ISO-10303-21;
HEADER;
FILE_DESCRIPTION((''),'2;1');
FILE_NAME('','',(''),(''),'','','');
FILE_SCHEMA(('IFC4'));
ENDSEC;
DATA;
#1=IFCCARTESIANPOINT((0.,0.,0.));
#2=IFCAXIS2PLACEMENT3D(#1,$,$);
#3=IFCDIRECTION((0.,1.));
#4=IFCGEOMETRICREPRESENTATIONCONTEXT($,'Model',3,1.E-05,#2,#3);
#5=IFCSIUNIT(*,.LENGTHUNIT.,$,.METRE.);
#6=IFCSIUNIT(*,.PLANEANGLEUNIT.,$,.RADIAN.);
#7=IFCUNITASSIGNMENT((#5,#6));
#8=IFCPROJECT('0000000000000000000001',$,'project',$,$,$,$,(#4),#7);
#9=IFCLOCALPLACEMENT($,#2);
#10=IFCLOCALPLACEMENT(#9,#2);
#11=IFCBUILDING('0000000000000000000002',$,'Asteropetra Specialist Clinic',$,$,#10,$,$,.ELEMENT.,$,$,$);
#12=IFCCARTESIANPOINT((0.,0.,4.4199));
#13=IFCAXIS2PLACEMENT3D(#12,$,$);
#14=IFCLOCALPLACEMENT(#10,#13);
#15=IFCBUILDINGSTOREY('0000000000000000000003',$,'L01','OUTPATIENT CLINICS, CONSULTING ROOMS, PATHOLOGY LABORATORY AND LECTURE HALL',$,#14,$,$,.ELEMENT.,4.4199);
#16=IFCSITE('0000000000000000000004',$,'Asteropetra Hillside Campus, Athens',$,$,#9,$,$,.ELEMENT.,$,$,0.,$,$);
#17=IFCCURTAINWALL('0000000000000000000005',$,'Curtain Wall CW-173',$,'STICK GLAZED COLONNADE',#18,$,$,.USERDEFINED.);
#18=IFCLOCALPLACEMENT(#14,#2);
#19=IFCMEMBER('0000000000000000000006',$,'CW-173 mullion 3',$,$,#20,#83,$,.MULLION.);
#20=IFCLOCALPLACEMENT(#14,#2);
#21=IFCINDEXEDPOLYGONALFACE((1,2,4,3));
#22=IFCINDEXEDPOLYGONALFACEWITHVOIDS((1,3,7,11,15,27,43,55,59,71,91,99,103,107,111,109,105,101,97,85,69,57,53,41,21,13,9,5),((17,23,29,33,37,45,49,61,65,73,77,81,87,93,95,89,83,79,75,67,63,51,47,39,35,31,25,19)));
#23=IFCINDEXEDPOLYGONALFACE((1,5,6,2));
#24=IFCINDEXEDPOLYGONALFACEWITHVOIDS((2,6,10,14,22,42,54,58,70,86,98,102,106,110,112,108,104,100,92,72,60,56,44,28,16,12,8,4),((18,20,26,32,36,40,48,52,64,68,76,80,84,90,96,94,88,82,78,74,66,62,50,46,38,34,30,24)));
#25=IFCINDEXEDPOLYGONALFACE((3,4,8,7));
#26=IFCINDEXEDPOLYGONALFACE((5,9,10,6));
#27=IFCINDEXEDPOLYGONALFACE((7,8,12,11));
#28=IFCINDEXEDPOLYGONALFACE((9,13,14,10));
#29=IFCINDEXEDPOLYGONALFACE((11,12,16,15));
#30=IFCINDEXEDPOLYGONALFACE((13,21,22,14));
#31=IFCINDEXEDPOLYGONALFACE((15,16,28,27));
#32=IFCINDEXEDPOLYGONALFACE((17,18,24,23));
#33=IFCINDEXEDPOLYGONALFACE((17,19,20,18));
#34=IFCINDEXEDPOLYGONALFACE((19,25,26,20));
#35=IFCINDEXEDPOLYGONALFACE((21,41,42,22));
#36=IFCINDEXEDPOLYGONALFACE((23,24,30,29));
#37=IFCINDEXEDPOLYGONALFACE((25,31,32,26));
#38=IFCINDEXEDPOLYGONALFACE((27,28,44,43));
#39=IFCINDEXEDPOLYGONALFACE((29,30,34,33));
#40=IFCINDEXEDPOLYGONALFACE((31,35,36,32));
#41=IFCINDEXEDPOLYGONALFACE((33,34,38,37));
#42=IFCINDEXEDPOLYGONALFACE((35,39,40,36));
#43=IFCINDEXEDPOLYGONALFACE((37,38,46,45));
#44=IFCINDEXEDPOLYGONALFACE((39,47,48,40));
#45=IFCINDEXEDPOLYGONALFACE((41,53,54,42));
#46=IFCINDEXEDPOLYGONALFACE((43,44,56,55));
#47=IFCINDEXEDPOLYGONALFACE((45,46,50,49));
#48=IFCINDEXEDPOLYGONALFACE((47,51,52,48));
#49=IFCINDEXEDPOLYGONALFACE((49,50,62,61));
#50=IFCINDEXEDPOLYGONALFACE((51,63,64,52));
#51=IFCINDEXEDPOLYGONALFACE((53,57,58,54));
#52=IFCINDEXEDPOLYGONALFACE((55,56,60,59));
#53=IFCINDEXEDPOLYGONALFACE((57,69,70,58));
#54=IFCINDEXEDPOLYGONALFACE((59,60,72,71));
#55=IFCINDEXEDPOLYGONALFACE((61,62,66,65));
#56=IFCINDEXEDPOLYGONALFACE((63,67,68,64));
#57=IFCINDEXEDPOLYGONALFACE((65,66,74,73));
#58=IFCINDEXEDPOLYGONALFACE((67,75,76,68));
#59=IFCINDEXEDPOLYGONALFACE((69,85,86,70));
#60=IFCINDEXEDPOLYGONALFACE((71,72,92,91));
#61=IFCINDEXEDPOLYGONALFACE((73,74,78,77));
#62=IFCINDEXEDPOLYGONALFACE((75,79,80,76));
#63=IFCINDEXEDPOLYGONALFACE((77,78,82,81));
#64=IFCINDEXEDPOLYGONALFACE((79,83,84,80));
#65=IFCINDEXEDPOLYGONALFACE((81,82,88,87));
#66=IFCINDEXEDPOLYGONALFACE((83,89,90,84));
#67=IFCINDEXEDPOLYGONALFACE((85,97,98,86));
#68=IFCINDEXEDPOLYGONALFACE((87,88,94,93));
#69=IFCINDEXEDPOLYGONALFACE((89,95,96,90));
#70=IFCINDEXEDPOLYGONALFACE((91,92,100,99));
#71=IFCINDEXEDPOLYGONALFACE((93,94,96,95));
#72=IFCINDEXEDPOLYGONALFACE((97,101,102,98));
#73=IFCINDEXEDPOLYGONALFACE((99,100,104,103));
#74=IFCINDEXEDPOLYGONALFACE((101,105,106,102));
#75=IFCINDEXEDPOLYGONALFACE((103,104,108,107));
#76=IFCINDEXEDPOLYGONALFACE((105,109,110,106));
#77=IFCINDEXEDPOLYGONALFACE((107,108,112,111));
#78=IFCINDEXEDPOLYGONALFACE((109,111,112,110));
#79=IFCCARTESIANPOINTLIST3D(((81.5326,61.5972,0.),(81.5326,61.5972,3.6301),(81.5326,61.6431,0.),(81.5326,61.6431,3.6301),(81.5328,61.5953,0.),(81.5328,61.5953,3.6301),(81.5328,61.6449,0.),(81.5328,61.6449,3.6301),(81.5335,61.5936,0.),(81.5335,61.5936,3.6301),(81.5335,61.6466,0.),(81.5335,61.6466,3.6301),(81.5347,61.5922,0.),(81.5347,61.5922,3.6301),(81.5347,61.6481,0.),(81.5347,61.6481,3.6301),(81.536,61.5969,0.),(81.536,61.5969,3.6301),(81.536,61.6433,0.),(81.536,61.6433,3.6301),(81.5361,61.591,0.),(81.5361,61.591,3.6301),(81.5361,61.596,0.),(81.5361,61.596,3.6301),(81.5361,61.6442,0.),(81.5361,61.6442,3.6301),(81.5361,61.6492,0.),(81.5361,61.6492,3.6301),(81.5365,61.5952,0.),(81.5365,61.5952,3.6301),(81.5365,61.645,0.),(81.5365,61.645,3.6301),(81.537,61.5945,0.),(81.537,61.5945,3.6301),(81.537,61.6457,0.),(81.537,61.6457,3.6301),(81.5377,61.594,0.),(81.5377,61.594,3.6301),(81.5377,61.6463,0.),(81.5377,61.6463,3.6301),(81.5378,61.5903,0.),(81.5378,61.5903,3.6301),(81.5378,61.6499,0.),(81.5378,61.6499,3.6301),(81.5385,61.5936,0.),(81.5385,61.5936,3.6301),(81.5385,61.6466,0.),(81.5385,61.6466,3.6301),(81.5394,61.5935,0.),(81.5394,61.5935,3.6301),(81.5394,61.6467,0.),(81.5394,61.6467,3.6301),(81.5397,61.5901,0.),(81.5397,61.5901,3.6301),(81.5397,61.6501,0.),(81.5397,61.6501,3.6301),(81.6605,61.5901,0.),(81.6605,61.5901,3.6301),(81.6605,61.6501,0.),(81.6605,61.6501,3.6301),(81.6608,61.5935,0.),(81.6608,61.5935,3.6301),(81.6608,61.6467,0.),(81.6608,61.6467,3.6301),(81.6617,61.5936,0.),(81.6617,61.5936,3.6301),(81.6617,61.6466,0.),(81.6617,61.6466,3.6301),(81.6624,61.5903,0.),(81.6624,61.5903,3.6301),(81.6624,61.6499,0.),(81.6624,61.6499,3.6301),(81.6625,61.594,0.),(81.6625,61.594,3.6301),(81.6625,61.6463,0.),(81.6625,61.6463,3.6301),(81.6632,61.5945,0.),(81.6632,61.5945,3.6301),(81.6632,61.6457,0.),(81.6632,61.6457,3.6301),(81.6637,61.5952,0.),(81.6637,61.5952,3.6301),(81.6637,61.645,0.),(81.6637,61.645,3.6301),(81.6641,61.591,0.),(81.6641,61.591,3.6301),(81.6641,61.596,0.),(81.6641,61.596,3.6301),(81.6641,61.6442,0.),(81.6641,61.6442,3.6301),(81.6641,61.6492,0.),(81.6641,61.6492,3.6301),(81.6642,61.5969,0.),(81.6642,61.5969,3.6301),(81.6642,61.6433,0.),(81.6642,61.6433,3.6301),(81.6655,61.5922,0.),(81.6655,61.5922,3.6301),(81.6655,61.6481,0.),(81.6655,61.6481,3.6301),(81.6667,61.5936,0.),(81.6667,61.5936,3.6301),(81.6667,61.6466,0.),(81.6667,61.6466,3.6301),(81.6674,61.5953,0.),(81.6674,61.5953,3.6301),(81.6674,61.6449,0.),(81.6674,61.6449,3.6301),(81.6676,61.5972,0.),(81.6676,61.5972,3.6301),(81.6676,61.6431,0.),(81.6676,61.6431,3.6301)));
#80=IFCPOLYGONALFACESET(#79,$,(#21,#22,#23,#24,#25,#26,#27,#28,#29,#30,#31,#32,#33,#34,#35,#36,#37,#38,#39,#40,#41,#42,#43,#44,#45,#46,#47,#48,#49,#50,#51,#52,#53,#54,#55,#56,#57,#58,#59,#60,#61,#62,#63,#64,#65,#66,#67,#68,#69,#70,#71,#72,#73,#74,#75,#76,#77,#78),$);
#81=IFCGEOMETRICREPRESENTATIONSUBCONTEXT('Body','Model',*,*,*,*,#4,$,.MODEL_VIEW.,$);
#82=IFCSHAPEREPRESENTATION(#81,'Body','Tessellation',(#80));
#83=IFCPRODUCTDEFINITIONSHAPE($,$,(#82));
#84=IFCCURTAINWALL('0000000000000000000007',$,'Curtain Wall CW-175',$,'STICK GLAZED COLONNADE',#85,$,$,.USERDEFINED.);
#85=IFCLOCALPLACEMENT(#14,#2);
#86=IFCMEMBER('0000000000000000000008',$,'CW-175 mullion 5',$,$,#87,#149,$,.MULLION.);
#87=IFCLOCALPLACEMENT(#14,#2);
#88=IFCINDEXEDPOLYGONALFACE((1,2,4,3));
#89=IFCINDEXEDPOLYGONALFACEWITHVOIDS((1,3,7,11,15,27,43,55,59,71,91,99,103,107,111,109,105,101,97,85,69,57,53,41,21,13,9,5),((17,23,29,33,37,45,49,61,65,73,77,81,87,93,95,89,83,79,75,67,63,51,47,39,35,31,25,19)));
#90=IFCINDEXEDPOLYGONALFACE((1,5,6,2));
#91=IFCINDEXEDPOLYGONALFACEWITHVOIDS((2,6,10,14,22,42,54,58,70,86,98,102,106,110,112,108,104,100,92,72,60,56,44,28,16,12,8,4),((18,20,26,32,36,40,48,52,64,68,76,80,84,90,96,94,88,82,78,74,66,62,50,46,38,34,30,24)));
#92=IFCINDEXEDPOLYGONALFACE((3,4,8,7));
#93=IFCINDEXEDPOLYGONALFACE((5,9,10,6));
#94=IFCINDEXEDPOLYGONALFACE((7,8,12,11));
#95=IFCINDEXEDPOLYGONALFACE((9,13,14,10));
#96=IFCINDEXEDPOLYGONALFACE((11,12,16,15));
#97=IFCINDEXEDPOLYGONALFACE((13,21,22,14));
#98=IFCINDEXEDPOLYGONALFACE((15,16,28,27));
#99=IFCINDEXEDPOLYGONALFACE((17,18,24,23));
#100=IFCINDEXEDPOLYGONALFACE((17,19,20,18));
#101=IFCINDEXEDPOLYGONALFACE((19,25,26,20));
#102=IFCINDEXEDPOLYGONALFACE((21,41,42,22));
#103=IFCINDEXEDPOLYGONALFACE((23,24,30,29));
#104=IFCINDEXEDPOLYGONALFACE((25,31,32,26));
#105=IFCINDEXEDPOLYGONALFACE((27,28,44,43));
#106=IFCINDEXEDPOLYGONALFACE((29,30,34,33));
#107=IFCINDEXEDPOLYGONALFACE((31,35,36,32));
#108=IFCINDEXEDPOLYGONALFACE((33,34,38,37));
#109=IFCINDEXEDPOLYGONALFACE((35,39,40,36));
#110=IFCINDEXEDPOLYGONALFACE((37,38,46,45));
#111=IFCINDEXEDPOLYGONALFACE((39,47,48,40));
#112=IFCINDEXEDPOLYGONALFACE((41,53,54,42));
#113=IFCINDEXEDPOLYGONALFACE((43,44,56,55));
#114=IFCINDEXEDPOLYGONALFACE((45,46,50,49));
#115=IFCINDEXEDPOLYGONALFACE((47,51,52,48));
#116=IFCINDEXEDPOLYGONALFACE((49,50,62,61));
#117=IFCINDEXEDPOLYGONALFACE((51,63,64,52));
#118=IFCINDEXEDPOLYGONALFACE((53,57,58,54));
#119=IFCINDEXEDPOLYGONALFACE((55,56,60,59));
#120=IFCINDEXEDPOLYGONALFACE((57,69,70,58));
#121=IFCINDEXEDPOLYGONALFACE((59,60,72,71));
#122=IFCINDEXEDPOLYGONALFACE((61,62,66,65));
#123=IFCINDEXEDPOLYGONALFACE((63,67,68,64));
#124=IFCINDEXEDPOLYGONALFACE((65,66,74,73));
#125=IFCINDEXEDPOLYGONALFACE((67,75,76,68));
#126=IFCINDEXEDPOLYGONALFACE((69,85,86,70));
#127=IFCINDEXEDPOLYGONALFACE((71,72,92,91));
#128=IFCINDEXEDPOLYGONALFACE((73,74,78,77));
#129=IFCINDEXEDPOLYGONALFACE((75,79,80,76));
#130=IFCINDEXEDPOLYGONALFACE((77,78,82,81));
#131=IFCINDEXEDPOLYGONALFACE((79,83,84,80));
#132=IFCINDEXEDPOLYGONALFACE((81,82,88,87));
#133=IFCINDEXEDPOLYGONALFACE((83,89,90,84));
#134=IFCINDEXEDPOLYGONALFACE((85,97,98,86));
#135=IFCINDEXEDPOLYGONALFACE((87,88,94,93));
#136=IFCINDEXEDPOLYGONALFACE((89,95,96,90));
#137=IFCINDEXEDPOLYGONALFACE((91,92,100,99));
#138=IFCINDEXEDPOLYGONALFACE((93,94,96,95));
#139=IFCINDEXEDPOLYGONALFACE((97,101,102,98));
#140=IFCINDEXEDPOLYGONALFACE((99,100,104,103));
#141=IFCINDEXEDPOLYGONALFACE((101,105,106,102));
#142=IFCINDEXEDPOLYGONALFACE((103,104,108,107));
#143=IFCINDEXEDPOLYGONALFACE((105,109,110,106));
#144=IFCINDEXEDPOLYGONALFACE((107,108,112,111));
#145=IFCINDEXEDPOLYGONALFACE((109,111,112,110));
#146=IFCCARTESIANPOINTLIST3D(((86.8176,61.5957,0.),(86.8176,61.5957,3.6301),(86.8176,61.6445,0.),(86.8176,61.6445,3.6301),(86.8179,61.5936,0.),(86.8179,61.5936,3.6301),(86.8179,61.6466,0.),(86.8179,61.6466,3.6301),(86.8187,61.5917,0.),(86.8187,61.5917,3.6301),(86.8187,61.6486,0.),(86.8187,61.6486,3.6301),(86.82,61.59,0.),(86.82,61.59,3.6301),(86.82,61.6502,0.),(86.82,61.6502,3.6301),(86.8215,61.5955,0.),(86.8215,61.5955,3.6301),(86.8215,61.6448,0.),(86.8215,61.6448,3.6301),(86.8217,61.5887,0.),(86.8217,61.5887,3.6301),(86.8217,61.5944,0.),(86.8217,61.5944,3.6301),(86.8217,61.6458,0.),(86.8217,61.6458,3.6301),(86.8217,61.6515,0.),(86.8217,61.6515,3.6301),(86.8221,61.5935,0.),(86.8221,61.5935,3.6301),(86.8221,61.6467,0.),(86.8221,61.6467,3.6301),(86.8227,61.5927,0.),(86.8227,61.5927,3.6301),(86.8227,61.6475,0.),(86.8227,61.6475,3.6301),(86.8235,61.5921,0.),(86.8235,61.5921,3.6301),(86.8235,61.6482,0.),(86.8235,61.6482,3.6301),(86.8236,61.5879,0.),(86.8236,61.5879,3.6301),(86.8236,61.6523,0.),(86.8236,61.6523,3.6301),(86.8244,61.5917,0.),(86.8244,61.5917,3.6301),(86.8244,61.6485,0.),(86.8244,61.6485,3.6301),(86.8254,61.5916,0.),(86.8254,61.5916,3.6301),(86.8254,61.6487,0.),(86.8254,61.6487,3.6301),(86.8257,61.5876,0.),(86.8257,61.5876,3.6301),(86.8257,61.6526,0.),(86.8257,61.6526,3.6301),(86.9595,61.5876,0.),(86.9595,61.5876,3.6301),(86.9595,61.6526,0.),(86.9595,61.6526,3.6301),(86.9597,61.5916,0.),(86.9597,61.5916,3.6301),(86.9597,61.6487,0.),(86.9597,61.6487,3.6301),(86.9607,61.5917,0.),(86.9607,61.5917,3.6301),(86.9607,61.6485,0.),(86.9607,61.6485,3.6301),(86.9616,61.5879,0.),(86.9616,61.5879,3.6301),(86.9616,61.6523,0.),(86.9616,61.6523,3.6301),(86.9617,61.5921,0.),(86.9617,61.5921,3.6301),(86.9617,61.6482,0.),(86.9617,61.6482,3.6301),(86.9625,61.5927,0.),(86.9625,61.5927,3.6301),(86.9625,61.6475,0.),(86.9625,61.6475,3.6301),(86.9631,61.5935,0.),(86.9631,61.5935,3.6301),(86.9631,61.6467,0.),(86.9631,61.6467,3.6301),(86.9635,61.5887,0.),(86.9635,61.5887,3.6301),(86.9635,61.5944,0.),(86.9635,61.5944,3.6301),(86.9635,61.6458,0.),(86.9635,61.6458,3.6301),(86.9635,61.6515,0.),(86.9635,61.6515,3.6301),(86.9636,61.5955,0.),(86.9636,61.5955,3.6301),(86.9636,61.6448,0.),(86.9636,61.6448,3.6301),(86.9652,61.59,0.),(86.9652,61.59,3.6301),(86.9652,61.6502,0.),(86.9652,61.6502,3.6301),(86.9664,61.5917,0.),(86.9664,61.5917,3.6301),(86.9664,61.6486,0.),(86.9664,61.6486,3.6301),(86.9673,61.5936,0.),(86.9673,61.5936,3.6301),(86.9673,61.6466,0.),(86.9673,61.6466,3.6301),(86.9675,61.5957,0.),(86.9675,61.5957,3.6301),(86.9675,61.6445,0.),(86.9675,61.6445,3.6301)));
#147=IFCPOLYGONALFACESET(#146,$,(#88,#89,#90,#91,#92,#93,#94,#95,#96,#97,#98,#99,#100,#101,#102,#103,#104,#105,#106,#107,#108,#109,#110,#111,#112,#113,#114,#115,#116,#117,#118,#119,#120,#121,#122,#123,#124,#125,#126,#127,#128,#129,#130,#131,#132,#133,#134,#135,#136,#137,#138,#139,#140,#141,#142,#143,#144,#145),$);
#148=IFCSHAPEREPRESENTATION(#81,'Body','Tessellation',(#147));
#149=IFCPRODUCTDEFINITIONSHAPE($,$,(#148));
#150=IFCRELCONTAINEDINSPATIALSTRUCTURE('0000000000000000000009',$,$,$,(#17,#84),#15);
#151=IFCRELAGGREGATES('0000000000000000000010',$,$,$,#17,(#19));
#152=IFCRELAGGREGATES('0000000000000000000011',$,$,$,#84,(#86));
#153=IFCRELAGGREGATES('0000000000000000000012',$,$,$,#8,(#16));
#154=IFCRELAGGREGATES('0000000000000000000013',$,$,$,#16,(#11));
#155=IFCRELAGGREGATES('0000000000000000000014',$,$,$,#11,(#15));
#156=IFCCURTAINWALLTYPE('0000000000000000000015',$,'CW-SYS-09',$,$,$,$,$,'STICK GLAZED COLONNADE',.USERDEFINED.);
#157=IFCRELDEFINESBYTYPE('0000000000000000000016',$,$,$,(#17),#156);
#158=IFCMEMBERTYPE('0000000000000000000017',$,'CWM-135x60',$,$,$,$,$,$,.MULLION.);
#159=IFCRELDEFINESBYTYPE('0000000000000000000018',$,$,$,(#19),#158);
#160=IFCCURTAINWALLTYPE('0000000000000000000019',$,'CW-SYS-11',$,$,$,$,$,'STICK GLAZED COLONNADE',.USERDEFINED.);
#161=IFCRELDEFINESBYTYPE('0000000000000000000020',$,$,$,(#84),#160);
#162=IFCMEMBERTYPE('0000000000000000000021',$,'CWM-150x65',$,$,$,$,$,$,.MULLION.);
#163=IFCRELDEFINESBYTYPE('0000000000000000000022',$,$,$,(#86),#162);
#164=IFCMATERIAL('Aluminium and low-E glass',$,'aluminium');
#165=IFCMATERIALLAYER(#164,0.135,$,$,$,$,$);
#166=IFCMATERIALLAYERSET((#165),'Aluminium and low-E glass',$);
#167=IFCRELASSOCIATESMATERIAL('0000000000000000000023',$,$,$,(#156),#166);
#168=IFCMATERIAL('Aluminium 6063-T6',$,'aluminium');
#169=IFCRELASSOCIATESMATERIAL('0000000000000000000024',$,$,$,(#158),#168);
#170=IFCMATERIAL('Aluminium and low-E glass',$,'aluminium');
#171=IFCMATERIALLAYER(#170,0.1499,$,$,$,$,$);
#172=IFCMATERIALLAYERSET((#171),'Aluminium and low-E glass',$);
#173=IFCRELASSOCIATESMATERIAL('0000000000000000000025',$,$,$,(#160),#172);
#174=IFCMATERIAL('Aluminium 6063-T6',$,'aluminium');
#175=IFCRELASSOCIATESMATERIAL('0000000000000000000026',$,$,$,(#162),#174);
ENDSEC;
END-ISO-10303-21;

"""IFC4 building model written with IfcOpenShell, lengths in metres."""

from ifc_helpers import new_model, si_unit, direction, frame, origin, origin_2d, place, context, subcontext, project, spatial, hollow_rectangle, extrude, material, layer, layer_set, material_profile, profile_set, type_object, element, aggregate, save


model = new_model("IFC4")

# Units and contexts
model_context = context("Model", 3, precision=1e-05, world=origin(), true_north=direction((0.0, 1.0)))
body_context = subcontext(model_context, "Body", "Model", "MODEL_VIEW")
ifc_project = project(units=[si_unit("LENGTHUNIT", "METRE"), si_unit("PLANEANGLEUNIT", "RADIAN")], contexts=[model_context])

# Site, building, storey
site_placement = place(None, origin())
site = spatial("IfcSite", under=ifc_project, at=site_placement, Name="Asteropetra Hillside Campus, Athens", CompositionType="ELEMENT", RefElevation=0.0)
building_placement = place(site_placement, origin())
building = spatial("IfcBuilding", under=site, at=building_placement, Name="Asteropetra Specialist Clinic", CompositionType="ELEMENT")
storey_placement = place(building_placement, frame((0.0, 0.0, 4.4199)))
storey = spatial("IfcBuildingStorey", under=building, at=storey_placement, Name="L01", Description="OUTPATIENT CLINICS, CONSULTING ROOMS, PATHOLOGY LABORATORY AND LECTURE HALL", CompositionType="ELEMENT", Elevation=4.4199)

# Curtain wall, member
ifc_material_1 = material(Name="Aluminium and low-E glass", Category="aluminium")
ifc_layer_1 = layer(ifc_material_1, 0.135)
ifc_layer_set_1 = layer_set([ifc_layer_1], Name="Aluminium and low-E glass")
curtain_wall_type_1 = type_object("IfcCurtainWallType", Name="CW-SYS-09", ElementType="STICK GLAZED COLONNADE", PredefinedType="USERDEFINED", material=ifc_layer_set_1)
curtain_wall_1_placement = place(storey_placement, origin())
curtain_wall_1 = element("IfcCurtainWall", 1, at=curtain_wall_1_placement, inside=storey, type_object=curtain_wall_type_1, Name="Curtain Wall CW-173", ObjectType="STICK GLAZED COLONNADE", PredefinedType="USERDEFINED")
ifc_material_2 = material(Name="Aluminium 6063-T6", Category="aluminium")
ifc_material_profile_1 = material_profile(ifc_material_2, hollow_rectangle(XDim=0.0601, YDim=0.135, WallThickness=0.0034, InnerFilletRadius=0.0034, OuterFilletRadius=0.0071, at=origin_2d()), Name="MUL 135x60x3.5")
ifc_profile_set_1 = profile_set([ifc_material_profile_1], Name="Aluminium 6063-T6")
member_type_1 = type_object("IfcMemberType", Name="CWM-135x60", PredefinedType="MULLION", material=ifc_profile_set_1)
member_1_placement = place(storey_placement, frame((81.6001, 61.6201, 0.0), z_axis=(0.0, 0.0, 1.0), x_axis=(0.0, -1.0, 0.0)))
member_1 = element("IfcMember", 2, at=member_1_placement, type_object=member_type_1, Name="CW-173 mullion 3", PredefinedType="MULLION", context=body_context, shape_type="SweptSolid", body=[
    extrude(hollow_rectangle(XDim=0.0601, YDim=0.135, WallThickness=0.0034, InnerFilletRadius=0.0034, OuterFilletRadius=0.0071, at=origin_2d()), origin(), (0.0, 0.0, 1.0), 3.6301),
])

# Curtain wall, member
ifc_material_3 = material(Name="Aluminium and low-E glass", Category="aluminium")
ifc_layer_2 = layer(ifc_material_3, 0.1499)
ifc_layer_set_2 = layer_set([ifc_layer_2], Name="Aluminium and low-E glass")
curtain_wall_type_2 = type_object("IfcCurtainWallType", Name="CW-SYS-11", ElementType="STICK GLAZED COLONNADE", PredefinedType="USERDEFINED", material=ifc_layer_set_2)
curtain_wall_2_placement = place(storey_placement, origin())
curtain_wall_2 = element("IfcCurtainWall", 3, at=curtain_wall_2_placement, inside=storey, type_object=curtain_wall_type_2, Name="Curtain Wall CW-175", ObjectType="STICK GLAZED COLONNADE", PredefinedType="USERDEFINED")
ifc_material_4 = material(Name="Aluminium 6063-T6", Category="aluminium")
ifc_material_profile_2 = material_profile(ifc_material_4, hollow_rectangle(XDim=0.0649, YDim=0.1499, WallThickness=0.0039, InnerFilletRadius=0.0039, OuterFilletRadius=0.0081, at=origin_2d()), Name="MUL 150x65x4.0")
ifc_profile_set_2 = profile_set([ifc_material_profile_2], Name="Aluminium 6063-T6")
member_type_2 = type_object("IfcMemberType", Name="CWM-150x65", PredefinedType="MULLION", material=ifc_profile_set_2)
member_2_placement = place(storey_placement, frame((86.8926, 61.6201, 0.0), z_axis=(0.0, 0.0, 1.0), x_axis=(0.0, -1.0, 0.0)))
member_2 = element("IfcMember", 4, at=member_2_placement, type_object=member_type_2, Name="CW-175 mullion 5", PredefinedType="MULLION", context=body_context, shape_type="SweptSolid", body=[
    extrude(hollow_rectangle(XDim=0.0649, YDim=0.1499, WallThickness=0.0039, InnerFilletRadius=0.0039, OuterFilletRadius=0.0081, at=origin_2d()), origin(), (0.0, 0.0, 1.0), 3.6301),
])

aggregate(curtain_wall_1, [member_1])
aggregate(curtain_wall_2, [member_2])

save(model, "model.ifc")
